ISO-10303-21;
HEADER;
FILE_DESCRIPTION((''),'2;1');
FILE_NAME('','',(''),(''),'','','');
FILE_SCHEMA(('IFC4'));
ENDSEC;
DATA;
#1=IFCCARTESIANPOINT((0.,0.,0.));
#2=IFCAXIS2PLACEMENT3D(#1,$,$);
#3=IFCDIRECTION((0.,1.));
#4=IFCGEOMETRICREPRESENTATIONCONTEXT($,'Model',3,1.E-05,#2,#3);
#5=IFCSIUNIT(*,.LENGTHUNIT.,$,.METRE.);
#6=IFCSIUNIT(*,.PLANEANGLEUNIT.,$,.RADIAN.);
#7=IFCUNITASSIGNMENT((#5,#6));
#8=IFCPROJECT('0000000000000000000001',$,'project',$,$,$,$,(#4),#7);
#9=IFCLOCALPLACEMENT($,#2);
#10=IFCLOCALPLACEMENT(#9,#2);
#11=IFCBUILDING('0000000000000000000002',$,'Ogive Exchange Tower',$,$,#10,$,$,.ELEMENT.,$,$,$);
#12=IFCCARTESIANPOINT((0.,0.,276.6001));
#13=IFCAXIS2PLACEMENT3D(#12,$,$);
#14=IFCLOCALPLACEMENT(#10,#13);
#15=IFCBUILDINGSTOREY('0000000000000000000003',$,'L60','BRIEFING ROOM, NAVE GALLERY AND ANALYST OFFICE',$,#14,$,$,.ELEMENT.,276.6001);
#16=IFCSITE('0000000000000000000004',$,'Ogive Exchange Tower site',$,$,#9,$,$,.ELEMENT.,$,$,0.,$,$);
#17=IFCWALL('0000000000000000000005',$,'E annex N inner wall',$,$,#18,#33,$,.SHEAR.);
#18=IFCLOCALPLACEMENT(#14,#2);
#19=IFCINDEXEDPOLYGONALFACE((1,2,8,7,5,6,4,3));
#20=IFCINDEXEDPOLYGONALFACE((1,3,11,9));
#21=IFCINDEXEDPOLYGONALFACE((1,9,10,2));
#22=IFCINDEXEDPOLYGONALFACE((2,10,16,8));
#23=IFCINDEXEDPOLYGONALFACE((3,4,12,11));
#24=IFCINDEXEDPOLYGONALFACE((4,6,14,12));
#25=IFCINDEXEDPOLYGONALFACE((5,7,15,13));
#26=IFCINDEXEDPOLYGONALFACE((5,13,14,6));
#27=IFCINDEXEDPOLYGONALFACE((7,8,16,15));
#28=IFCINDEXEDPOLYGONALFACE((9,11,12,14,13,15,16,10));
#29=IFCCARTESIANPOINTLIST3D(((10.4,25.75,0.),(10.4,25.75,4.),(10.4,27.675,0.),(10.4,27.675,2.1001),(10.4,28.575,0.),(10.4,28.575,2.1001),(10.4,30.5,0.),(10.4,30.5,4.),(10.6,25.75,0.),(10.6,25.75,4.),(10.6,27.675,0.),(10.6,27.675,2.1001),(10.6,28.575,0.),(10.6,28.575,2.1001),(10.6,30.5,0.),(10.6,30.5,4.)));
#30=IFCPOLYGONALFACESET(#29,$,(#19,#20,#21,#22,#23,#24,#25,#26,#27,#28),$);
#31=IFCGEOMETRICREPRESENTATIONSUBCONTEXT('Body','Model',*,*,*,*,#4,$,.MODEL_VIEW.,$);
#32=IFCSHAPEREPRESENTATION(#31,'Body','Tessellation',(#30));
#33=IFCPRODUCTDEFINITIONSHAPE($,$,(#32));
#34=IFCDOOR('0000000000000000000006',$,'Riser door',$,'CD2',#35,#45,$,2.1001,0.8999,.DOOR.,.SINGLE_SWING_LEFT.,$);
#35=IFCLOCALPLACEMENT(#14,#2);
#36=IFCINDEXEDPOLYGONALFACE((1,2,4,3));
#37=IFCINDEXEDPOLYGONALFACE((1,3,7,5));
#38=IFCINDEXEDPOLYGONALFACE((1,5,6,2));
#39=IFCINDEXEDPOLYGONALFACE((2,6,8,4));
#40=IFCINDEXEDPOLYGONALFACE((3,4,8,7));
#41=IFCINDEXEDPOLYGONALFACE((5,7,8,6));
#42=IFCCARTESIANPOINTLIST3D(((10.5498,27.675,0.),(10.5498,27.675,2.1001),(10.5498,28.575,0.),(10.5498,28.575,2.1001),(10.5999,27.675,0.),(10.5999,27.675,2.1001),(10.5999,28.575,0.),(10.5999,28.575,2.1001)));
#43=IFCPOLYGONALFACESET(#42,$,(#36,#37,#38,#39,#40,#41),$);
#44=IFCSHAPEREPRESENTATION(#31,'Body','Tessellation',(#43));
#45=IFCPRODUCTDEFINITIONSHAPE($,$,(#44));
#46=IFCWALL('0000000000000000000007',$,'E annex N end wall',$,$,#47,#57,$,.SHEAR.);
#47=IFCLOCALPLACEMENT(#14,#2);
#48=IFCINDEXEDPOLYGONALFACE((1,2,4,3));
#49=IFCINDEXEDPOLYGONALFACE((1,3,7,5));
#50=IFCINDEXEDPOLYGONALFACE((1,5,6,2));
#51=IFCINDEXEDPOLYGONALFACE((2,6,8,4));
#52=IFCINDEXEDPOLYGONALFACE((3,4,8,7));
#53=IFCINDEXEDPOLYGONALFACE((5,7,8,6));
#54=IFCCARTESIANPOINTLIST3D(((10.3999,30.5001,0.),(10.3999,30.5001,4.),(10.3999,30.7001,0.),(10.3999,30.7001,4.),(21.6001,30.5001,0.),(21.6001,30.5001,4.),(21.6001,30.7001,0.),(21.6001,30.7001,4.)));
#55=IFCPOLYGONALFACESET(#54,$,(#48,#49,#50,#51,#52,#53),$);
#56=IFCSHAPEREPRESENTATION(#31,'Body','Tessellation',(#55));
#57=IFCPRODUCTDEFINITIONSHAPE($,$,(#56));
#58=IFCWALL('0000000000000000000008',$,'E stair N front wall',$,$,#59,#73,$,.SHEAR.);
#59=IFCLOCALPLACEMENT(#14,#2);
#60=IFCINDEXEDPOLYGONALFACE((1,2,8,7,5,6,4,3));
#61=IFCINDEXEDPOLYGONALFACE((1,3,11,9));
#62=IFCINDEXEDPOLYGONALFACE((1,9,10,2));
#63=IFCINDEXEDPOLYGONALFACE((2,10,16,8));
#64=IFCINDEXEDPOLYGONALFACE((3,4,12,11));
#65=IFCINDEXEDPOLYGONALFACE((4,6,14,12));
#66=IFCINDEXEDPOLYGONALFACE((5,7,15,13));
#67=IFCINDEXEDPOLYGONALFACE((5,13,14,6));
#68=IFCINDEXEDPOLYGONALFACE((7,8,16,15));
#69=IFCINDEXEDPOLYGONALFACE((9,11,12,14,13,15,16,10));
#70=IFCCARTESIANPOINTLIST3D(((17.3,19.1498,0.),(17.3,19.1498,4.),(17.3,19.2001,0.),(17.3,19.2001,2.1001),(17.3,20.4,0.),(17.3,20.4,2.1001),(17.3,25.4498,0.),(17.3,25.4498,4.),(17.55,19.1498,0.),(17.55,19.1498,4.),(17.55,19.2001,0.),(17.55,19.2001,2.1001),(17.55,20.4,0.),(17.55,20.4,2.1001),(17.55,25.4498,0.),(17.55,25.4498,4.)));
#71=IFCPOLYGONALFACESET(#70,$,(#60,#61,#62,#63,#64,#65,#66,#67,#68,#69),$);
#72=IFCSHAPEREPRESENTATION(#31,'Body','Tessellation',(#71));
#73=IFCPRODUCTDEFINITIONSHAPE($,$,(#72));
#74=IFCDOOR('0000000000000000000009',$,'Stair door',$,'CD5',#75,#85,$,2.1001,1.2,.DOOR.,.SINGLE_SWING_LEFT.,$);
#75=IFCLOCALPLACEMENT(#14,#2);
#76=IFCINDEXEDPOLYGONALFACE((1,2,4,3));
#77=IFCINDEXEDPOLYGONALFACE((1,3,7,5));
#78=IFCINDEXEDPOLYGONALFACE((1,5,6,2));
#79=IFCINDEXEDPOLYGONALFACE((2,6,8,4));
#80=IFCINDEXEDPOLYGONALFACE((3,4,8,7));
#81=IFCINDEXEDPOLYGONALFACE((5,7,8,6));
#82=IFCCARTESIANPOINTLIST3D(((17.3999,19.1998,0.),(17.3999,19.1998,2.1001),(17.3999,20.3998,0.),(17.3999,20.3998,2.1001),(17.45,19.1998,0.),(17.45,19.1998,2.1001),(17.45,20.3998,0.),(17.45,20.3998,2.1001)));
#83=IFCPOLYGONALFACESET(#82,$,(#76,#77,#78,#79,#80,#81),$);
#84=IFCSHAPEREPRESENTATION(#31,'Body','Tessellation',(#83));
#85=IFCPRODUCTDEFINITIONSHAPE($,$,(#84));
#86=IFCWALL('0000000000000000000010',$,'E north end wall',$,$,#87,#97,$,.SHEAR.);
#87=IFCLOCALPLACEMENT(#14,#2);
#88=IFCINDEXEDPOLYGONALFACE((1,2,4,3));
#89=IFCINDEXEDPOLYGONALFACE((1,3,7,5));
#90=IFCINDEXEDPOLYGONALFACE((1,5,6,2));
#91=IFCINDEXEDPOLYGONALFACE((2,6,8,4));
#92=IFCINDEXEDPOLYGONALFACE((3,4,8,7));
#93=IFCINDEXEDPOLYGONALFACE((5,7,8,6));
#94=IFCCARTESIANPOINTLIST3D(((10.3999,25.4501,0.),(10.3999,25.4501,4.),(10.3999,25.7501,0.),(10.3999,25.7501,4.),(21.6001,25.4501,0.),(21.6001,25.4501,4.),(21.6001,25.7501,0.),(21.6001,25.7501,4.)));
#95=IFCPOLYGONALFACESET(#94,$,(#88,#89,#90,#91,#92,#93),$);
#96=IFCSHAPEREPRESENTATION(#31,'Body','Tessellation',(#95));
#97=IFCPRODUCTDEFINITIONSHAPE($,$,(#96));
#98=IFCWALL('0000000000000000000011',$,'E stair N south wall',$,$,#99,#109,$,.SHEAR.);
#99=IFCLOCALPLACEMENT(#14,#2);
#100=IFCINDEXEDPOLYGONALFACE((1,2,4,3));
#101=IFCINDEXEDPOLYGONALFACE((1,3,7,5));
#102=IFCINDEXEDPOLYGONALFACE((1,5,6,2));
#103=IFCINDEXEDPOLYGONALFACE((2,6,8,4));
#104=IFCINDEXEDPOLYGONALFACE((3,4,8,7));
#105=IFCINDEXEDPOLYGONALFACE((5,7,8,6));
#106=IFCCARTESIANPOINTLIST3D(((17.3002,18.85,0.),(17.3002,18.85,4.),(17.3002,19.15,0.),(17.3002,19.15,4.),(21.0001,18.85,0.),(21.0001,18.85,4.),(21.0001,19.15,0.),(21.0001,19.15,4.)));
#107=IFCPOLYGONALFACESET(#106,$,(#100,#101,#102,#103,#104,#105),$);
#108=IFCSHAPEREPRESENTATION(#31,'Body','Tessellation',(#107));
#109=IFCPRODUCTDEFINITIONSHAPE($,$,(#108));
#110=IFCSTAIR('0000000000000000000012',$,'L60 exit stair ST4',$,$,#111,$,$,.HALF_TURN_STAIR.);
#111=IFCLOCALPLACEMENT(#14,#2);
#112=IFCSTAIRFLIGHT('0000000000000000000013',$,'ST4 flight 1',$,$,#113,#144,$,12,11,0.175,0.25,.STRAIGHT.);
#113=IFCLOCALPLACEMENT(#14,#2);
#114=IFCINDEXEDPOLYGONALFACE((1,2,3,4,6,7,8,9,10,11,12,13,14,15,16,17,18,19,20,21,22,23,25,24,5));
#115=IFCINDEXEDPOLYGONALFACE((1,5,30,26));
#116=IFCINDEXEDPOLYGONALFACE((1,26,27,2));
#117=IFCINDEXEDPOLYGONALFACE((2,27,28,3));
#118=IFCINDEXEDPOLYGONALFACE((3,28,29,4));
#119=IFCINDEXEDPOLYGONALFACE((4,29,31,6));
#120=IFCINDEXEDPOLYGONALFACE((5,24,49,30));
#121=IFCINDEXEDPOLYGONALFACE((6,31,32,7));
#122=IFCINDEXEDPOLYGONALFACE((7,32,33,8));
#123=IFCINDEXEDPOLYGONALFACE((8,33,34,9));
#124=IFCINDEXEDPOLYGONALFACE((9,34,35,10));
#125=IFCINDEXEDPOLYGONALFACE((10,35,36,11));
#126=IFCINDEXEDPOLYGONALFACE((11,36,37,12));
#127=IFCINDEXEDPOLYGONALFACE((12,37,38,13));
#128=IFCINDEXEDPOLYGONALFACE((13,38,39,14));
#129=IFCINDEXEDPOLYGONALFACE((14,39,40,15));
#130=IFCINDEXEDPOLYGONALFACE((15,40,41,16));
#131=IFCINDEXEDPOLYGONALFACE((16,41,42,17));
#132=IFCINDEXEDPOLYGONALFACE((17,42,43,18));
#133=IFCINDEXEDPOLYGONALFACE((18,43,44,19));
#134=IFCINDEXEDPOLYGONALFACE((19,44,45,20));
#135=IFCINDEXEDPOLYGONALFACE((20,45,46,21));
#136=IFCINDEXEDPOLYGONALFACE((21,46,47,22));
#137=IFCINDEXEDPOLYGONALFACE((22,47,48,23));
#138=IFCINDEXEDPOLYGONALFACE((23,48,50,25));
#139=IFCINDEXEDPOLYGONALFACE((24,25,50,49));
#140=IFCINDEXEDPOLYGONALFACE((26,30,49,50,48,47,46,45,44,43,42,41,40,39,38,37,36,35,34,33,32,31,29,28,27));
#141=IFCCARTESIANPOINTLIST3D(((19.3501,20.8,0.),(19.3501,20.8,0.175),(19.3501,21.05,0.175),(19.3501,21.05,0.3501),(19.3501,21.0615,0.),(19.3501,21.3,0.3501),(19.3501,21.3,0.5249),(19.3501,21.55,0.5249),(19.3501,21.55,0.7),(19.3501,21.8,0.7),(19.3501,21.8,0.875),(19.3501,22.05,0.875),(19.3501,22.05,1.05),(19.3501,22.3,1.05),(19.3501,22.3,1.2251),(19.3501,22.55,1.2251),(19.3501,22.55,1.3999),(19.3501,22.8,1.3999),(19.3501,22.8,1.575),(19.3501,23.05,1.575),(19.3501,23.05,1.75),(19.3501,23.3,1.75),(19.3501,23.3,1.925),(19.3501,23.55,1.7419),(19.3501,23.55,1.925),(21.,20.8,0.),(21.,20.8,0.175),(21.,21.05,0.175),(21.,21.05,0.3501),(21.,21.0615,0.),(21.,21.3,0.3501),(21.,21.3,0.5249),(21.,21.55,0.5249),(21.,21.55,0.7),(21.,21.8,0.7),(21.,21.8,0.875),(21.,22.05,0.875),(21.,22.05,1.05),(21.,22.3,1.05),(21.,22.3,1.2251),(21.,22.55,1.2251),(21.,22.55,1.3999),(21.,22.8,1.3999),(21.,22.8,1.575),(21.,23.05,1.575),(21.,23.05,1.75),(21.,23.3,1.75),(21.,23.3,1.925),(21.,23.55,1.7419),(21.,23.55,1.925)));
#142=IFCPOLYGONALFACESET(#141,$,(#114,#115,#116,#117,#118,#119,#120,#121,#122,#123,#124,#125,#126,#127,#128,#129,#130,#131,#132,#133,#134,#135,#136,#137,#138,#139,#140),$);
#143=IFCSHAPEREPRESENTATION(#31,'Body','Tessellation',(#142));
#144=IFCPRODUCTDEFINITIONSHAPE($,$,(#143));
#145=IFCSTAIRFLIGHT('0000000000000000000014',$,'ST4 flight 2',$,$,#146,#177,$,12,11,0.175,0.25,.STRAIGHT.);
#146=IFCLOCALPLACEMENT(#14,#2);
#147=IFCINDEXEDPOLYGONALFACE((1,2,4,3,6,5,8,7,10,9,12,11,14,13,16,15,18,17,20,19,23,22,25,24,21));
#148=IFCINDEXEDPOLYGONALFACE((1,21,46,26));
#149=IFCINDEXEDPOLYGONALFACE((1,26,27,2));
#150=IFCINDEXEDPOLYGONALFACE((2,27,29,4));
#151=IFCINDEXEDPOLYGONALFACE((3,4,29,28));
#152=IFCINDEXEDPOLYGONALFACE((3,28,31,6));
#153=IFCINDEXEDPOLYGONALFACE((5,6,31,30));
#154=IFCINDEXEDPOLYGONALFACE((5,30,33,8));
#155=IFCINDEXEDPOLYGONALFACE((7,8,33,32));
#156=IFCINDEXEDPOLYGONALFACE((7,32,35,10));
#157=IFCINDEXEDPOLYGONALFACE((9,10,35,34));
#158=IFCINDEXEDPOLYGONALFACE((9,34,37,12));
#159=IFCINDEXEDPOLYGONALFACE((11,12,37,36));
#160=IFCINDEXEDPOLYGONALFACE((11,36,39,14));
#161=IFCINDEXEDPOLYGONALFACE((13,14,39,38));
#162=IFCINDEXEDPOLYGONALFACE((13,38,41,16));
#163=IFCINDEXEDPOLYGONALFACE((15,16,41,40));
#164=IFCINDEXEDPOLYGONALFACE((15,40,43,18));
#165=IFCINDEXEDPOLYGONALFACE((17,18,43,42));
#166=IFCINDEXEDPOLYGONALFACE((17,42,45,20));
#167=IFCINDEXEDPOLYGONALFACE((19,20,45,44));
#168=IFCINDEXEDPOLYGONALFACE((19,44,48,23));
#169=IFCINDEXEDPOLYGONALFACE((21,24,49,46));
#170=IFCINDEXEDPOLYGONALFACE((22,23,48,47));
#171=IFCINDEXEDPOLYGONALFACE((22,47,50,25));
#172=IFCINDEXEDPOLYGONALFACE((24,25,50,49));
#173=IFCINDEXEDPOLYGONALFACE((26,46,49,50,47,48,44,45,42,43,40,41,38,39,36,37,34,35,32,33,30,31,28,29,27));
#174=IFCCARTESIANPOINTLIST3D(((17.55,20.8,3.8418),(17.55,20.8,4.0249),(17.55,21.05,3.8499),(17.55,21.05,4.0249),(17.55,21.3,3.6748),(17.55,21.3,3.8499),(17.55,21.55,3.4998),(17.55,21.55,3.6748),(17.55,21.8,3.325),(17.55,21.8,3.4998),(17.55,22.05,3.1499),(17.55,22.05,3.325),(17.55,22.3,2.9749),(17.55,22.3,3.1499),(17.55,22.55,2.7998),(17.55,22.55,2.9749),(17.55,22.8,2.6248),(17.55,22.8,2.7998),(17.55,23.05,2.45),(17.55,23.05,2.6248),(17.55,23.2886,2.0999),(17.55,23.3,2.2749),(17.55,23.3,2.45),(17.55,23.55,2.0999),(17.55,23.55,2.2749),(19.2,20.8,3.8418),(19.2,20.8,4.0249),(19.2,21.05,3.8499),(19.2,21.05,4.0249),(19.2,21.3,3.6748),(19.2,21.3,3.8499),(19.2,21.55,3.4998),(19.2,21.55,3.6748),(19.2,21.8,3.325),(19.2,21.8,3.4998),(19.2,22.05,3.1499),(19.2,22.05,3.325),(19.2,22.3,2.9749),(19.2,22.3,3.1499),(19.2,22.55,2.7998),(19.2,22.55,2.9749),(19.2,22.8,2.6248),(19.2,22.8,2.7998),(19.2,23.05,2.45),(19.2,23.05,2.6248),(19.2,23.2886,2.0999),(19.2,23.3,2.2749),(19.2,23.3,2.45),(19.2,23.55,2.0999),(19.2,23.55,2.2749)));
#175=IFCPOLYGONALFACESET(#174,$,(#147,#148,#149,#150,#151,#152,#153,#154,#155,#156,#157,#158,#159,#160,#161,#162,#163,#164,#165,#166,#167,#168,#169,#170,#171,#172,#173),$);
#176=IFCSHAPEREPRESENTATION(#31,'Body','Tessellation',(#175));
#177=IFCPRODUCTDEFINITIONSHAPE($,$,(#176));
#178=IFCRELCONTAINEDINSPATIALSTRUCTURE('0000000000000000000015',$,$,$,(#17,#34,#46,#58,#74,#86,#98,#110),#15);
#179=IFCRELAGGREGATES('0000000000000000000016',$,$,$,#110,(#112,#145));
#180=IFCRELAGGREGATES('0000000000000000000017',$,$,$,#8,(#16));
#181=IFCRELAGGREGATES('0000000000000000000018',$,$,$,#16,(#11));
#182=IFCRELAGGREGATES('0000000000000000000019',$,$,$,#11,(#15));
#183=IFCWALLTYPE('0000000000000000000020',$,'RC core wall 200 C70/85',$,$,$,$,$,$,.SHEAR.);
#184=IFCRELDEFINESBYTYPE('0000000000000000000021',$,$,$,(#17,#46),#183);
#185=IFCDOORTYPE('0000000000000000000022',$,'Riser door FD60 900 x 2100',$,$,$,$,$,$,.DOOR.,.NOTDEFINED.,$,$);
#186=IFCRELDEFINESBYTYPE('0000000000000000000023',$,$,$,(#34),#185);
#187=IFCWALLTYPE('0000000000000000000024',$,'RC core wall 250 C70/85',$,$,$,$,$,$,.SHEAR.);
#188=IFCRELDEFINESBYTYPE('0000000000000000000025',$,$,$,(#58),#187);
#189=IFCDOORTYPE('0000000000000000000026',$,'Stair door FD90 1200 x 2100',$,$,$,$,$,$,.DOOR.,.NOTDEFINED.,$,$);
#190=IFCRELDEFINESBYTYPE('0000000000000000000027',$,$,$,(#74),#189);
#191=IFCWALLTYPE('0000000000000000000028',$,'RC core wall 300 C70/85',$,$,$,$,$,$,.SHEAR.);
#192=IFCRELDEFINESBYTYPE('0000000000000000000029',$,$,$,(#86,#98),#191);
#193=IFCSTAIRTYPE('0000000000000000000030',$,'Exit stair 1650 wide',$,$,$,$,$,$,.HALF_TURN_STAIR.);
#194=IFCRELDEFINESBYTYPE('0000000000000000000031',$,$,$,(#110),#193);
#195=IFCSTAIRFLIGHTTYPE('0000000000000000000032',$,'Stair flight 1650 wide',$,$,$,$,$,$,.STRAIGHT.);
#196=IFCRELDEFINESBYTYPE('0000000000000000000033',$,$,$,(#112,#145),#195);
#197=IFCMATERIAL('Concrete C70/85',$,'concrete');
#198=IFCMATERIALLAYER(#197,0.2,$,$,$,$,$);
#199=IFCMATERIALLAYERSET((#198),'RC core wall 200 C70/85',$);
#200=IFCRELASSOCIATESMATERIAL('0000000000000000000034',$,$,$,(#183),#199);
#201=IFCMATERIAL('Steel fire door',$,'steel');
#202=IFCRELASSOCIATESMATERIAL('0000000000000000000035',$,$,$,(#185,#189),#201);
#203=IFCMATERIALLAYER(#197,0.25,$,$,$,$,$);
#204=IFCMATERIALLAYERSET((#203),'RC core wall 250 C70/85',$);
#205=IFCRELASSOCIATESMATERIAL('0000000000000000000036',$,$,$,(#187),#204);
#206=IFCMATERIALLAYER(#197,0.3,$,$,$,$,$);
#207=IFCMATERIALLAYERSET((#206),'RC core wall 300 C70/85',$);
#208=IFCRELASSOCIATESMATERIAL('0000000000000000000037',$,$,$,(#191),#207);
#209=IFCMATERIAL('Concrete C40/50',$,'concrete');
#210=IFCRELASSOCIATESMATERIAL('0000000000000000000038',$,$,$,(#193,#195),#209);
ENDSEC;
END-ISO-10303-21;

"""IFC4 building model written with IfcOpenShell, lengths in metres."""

from ifc_helpers import new_model, si_unit, direction, frame, frame_2d, origin, place, context, subcontext, project, spatial, polyline, rectangle, outline, extrude, material, layer, layer_set, type_object, element, fill, aggregate, save


model = new_model("IFC4")

# Units and contexts
model_context = context("Model", 3, precision=1e-05, world=origin(), true_north=direction((0.0, 1.0)))
body_context = subcontext(model_context, "Body", "Model", "MODEL_VIEW")
ifc_project = project(units=[si_unit("LENGTHUNIT", "METRE"), si_unit("PLANEANGLEUNIT", "RADIAN")], contexts=[model_context])

# Site, building, storey
site_placement = place(None, origin())
site = spatial("IfcSite", under=ifc_project, at=site_placement, Name="Ogive Exchange Tower site", CompositionType="ELEMENT", RefElevation=0.0)
building_placement = place(site_placement, origin())
building = spatial("IfcBuilding", under=site, at=building_placement, Name="Ogive Exchange Tower", CompositionType="ELEMENT")
storey_placement = place(building_placement, frame((0.0, 0.0, 276.6001)))
storey = spatial("IfcBuildingStorey", under=building, at=storey_placement, Name="L60", Description="BRIEFING ROOM, NAVE GALLERY AND ANALYST OFFICE", CompositionType="ELEMENT", Elevation=276.6001)

# Wall, opening, door
ifc_material_1 = material(Name="Concrete C70/85", Category="concrete")
ifc_layer_1 = layer(ifc_material_1, 0.2)
ifc_layer_set_1 = layer_set([ifc_layer_1], Name="RC core wall 200 C70/85")
wall_type_1 = type_object("IfcWallType", Name="RC core wall 200 C70/85", PredefinedType="SHEAR", material=ifc_layer_set_1)
wall_1_placement = place(storey_placement, frame((10.5, 25.75, 0.0), z_axis=(0.0, 0.0, 1.0), x_axis=(0.0, 1.0, 0.0)))
wall_1 = element("IfcWall", 1, at=wall_1_placement, inside=storey, type_object=wall_type_1, Name="E annex N inner wall", PredefinedType="SHEAR", context=body_context, shape_type="SweptSolid", body=[
    extrude(rectangle(XDim=4.75, YDim=0.2, at=frame_2d((2.375, 0.0))), origin(), (0.0, 0.0, 1.0), 4.0),
])
opening_1_placement = place(wall_1_placement, frame((1.925, 0.0, 0.0)))
opening_1 = element("IfcOpeningElement", 2, at=opening_1_placement, cuts=wall_1, PredefinedType="OPENING", context=body_context, shape_type="SweptSolid", body=[
    extrude(rectangle(XDim=0.8999, YDim=2.1001, at=frame_2d((0.45, 1.05))), frame((0.0, 0.1099, 0.0), z_axis=(0.0, -1.0, 0.0), x_axis=(1.0, 0.0, 0.0)), (0.0, 0.0, 1.0), 0.22),
])
ifc_material_2 = material(Name="Steel fire door", Category="steel")
door_type_1 = type_object("IfcDoorType", Name="Riser door FD60 900 x 2100", OperationType="NOTDEFINED", PredefinedType="DOOR", material=ifc_material_2)
door_1_placement = place(opening_1_placement, origin())
door_1 = element("IfcDoor", 3, at=door_1_placement, inside=storey, type_object=door_type_1, Name="Riser door", ObjectType="CD2", OperationType="SINGLE_SWING_LEFT", OverallHeight=2.1001, OverallWidth=0.8999, PredefinedType="DOOR", context=body_context, shape_type="SweptSolid", body=[
    extrude(rectangle(XDim=0.8999, YDim=2.1001, at=frame_2d((0.45, 1.05))), frame((0.0, -0.0498, 0.0), z_axis=(0.0, -1.0, 0.0), x_axis=(1.0, 0.0, 0.0)), (0.0, 0.0, 1.0), 0.05),
])
fill(opening_1, door_1)

# Wall
wall_2_placement = place(storey_placement, frame((10.3999, 30.6001, 0.0), z_axis=(0.0, 0.0, 1.0), x_axis=(1.0, 0.0, 0.0)))
element("IfcWall", 4, at=wall_2_placement, inside=storey, type_object=wall_type_1, Name="E annex N end wall", PredefinedType="SHEAR", context=body_context, shape_type="SweptSolid", body=[
    extrude(rectangle(XDim=11.2002, YDim=0.2, at=frame_2d((5.6001, 0.0))), origin(), (0.0, 0.0, 1.0), 4.0),
])

# Wall, opening, door
ifc_layer_2 = layer(ifc_material_1, 0.25)
ifc_layer_set_2 = layer_set([ifc_layer_2], Name="RC core wall 250 C70/85")
wall_type_2 = type_object("IfcWallType", Name="RC core wall 250 C70/85", PredefinedType="SHEAR", material=ifc_layer_set_2)
wall_3_placement = place(storey_placement, frame((17.425, 19.1499, 0.0), z_axis=(0.0, 0.0, 1.0), x_axis=(0.0, 1.0, 0.0)))
wall_3 = element("IfcWall", 5, at=wall_3_placement, inside=storey, type_object=wall_type_2, Name="E stair N front wall", PredefinedType="SHEAR", context=body_context, shape_type="SweptSolid", body=[
    extrude(rectangle(XDim=6.3, YDim=0.25, at=frame_2d((3.1499, 0.0))), origin(), (0.0, 0.0, 1.0), 4.0),
])
opening_2_placement = place(wall_3_placement, frame((0.05, 0.0, 0.0)))
opening_2 = element("IfcOpeningElement", 6, at=opening_2_placement, cuts=wall_3, PredefinedType="OPENING", context=body_context, shape_type="SweptSolid", body=[
    extrude(rectangle(XDim=1.2, YDim=2.1001, at=frame_2d((0.6001, 1.05))), frame((0.0, 0.135, 0.0), z_axis=(0.0, -1.0, 0.0), x_axis=(1.0, 0.0, 0.0)), (0.0, 0.0, 1.0), 0.27),
])
door_type_2 = type_object("IfcDoorType", Name="Stair door FD90 1200 x 2100", OperationType="NOTDEFINED", PredefinedType="DOOR", material=ifc_material_2)
door_2_placement = place(opening_2_placement, frame((1.2, 0.0, 0.0), z_axis=(0.0, 0.0, 1.0), x_axis=(-1.0, 0.0, 0.0)))
door_2 = element("IfcDoor", 7, at=door_2_placement, inside=storey, type_object=door_type_2, Name="Stair door", ObjectType="CD5", OperationType="SINGLE_SWING_LEFT", OverallHeight=2.1001, OverallWidth=1.2, PredefinedType="DOOR", context=body_context, shape_type="SweptSolid", body=[
    extrude(rectangle(XDim=1.2, YDim=2.1001, at=frame_2d((0.6001, 1.05))), frame((0.0, 0.0249, 0.0), z_axis=(0.0, -1.0, 0.0), x_axis=(1.0, 0.0, 0.0)), (0.0, 0.0, 1.0), 0.05),
])
fill(opening_2, door_2)

# Walls
ifc_layer_3 = layer(ifc_material_1, 0.3)
ifc_layer_set_3 = layer_set([ifc_layer_3], Name="RC core wall 300 C70/85")
wall_type_3 = type_object("IfcWallType", Name="RC core wall 300 C70/85", PredefinedType="SHEAR", material=ifc_layer_set_3)
wall_4_placement = place(storey_placement, frame((10.3999, 25.6001, 0.0), z_axis=(0.0, 0.0, 1.0), x_axis=(1.0, 0.0, 0.0)))
element("IfcWall", 8, at=wall_4_placement, inside=storey, type_object=wall_type_3, Name="E north end wall", PredefinedType="SHEAR", context=body_context, shape_type="SweptSolid", body=[
    extrude(rectangle(XDim=11.2002, YDim=0.3, at=frame_2d((5.6001, 0.0))), origin(), (0.0, 0.0, 1.0), 4.0),
])
wall_5_placement = place(storey_placement, frame((17.3, 19.0, 0.0), z_axis=(0.0, 0.0, 1.0), x_axis=(1.0, 0.0, 0.0)))
element("IfcWall", 9, at=wall_5_placement, inside=storey, type_object=wall_type_3, Name="E stair N south wall", PredefinedType="SHEAR", context=body_context, shape_type="SweptSolid", body=[
    extrude(rectangle(XDim=3.7, YDim=0.3, at=frame_2d((1.8501, 0.0))), origin(), (0.0, 0.0, 1.0), 4.0),
])

# Stair, stair flights
ifc_material_3 = material(Name="Concrete C40/50", Category="concrete")
stair_type = type_object("IfcStairType", Name="Exit stair 1650 wide", PredefinedType="HALF_TURN_STAIR", material=ifc_material_3)
stair_placement = place(storey_placement, origin())
stair = element("IfcStair", 10, at=stair_placement, inside=storey, type_object=stair_type, Name="L60 exit stair ST4", PredefinedType="HALF_TURN_STAIR")
stair_flight_type = type_object("IfcStairFlightType", Name="Stair flight 1650 wide", PredefinedType="STRAIGHT", material=ifc_material_3)
stair_flight_1_placement = place(storey_placement, frame((20.175, 20.8, 0.0), z_axis=(0.0, 0.0, 1.0), x_axis=(0.0, 1.0, 0.0)))
stair_flight_1 = element("IfcStairFlight", 11, at=stair_flight_1_placement, type_object=stair_flight_type, Name="ST4 flight 1", NumberOfRisers=12, NumberOfTreads=11, PredefinedType="STRAIGHT", RiserHeight=0.175, TreadLength=0.25, context=body_context, shape_type="SweptSolid", body=[
    extrude(outline(polyline([(0.0, 0.0), (0.0, 0.175), (0.25, 0.175), (0.25, 0.3501), (0.5, 0.3501), (0.5, 0.5249), (0.75, 0.5249), (0.75, 0.7), (1.0, 0.7), (1.0, 0.875), (1.25, 0.875), (1.25, 1.05), (1.5, 1.05), (1.5, 1.2251), (1.75, 1.2251), (1.75, 1.3999), (2.0, 1.3999), (2.0, 1.575), (2.25, 1.575), (2.25, 1.75), (2.5, 1.75), (2.5, 1.925), (2.75, 1.925), (2.75, 2.1001), (2.75, 1.7419), (0.2615, 0.0), (0.0, 0.0)])), frame((0.0, 0.825, 0.0), z_axis=(0.0, -1.0, 0.0), x_axis=(1.0, 0.0, 0.0)), (0.0, 0.0, 1.0), 1.6499),
])
stair_flight_2_placement = place(storey_placement, frame((18.375, 23.55, 2.0999), z_axis=(0.0, 0.0, 1.0), x_axis=(0.0, -1.0, 0.0)))
stair_flight_2 = element("IfcStairFlight", 12, at=stair_flight_2_placement, type_object=stair_flight_type, Name="ST4 flight 2", NumberOfRisers=12, NumberOfTreads=11, PredefinedType="STRAIGHT", RiserHeight=0.175, TreadLength=0.25, context=body_context, shape_type="SweptSolid", body=[
    extrude(outline(polyline([(0.0, 0.0), (0.0, 0.175), (0.25, 0.175), (0.25, 0.3501), (0.5, 0.3501), (0.5, 0.5249), (0.75, 0.5249), (0.75, 0.7), (1.0, 0.7), (1.0, 0.875), (1.25, 0.875), (1.25, 1.05), (1.5, 1.05), (1.5, 1.2251), (1.75, 1.2251), (1.75, 1.3999), (2.0, 1.3999), (2.0, 1.575), (2.25, 1.575), (2.25, 1.75), (2.5, 1.75), (2.5, 1.925), (2.75, 1.925), (2.75, 2.1001), (2.75, 1.7419), (0.2615, 0.0), (0.0, 0.0)])), frame((0.0, 0.825, 0.0), z_axis=(0.0, -1.0, 0.0), x_axis=(1.0, 0.0, 0.0)), (0.0, 0.0, 1.0), 1.6499),
])
aggregate(stair, [stair_flight_1, stair_flight_2])

save(model, "model.ifc")
